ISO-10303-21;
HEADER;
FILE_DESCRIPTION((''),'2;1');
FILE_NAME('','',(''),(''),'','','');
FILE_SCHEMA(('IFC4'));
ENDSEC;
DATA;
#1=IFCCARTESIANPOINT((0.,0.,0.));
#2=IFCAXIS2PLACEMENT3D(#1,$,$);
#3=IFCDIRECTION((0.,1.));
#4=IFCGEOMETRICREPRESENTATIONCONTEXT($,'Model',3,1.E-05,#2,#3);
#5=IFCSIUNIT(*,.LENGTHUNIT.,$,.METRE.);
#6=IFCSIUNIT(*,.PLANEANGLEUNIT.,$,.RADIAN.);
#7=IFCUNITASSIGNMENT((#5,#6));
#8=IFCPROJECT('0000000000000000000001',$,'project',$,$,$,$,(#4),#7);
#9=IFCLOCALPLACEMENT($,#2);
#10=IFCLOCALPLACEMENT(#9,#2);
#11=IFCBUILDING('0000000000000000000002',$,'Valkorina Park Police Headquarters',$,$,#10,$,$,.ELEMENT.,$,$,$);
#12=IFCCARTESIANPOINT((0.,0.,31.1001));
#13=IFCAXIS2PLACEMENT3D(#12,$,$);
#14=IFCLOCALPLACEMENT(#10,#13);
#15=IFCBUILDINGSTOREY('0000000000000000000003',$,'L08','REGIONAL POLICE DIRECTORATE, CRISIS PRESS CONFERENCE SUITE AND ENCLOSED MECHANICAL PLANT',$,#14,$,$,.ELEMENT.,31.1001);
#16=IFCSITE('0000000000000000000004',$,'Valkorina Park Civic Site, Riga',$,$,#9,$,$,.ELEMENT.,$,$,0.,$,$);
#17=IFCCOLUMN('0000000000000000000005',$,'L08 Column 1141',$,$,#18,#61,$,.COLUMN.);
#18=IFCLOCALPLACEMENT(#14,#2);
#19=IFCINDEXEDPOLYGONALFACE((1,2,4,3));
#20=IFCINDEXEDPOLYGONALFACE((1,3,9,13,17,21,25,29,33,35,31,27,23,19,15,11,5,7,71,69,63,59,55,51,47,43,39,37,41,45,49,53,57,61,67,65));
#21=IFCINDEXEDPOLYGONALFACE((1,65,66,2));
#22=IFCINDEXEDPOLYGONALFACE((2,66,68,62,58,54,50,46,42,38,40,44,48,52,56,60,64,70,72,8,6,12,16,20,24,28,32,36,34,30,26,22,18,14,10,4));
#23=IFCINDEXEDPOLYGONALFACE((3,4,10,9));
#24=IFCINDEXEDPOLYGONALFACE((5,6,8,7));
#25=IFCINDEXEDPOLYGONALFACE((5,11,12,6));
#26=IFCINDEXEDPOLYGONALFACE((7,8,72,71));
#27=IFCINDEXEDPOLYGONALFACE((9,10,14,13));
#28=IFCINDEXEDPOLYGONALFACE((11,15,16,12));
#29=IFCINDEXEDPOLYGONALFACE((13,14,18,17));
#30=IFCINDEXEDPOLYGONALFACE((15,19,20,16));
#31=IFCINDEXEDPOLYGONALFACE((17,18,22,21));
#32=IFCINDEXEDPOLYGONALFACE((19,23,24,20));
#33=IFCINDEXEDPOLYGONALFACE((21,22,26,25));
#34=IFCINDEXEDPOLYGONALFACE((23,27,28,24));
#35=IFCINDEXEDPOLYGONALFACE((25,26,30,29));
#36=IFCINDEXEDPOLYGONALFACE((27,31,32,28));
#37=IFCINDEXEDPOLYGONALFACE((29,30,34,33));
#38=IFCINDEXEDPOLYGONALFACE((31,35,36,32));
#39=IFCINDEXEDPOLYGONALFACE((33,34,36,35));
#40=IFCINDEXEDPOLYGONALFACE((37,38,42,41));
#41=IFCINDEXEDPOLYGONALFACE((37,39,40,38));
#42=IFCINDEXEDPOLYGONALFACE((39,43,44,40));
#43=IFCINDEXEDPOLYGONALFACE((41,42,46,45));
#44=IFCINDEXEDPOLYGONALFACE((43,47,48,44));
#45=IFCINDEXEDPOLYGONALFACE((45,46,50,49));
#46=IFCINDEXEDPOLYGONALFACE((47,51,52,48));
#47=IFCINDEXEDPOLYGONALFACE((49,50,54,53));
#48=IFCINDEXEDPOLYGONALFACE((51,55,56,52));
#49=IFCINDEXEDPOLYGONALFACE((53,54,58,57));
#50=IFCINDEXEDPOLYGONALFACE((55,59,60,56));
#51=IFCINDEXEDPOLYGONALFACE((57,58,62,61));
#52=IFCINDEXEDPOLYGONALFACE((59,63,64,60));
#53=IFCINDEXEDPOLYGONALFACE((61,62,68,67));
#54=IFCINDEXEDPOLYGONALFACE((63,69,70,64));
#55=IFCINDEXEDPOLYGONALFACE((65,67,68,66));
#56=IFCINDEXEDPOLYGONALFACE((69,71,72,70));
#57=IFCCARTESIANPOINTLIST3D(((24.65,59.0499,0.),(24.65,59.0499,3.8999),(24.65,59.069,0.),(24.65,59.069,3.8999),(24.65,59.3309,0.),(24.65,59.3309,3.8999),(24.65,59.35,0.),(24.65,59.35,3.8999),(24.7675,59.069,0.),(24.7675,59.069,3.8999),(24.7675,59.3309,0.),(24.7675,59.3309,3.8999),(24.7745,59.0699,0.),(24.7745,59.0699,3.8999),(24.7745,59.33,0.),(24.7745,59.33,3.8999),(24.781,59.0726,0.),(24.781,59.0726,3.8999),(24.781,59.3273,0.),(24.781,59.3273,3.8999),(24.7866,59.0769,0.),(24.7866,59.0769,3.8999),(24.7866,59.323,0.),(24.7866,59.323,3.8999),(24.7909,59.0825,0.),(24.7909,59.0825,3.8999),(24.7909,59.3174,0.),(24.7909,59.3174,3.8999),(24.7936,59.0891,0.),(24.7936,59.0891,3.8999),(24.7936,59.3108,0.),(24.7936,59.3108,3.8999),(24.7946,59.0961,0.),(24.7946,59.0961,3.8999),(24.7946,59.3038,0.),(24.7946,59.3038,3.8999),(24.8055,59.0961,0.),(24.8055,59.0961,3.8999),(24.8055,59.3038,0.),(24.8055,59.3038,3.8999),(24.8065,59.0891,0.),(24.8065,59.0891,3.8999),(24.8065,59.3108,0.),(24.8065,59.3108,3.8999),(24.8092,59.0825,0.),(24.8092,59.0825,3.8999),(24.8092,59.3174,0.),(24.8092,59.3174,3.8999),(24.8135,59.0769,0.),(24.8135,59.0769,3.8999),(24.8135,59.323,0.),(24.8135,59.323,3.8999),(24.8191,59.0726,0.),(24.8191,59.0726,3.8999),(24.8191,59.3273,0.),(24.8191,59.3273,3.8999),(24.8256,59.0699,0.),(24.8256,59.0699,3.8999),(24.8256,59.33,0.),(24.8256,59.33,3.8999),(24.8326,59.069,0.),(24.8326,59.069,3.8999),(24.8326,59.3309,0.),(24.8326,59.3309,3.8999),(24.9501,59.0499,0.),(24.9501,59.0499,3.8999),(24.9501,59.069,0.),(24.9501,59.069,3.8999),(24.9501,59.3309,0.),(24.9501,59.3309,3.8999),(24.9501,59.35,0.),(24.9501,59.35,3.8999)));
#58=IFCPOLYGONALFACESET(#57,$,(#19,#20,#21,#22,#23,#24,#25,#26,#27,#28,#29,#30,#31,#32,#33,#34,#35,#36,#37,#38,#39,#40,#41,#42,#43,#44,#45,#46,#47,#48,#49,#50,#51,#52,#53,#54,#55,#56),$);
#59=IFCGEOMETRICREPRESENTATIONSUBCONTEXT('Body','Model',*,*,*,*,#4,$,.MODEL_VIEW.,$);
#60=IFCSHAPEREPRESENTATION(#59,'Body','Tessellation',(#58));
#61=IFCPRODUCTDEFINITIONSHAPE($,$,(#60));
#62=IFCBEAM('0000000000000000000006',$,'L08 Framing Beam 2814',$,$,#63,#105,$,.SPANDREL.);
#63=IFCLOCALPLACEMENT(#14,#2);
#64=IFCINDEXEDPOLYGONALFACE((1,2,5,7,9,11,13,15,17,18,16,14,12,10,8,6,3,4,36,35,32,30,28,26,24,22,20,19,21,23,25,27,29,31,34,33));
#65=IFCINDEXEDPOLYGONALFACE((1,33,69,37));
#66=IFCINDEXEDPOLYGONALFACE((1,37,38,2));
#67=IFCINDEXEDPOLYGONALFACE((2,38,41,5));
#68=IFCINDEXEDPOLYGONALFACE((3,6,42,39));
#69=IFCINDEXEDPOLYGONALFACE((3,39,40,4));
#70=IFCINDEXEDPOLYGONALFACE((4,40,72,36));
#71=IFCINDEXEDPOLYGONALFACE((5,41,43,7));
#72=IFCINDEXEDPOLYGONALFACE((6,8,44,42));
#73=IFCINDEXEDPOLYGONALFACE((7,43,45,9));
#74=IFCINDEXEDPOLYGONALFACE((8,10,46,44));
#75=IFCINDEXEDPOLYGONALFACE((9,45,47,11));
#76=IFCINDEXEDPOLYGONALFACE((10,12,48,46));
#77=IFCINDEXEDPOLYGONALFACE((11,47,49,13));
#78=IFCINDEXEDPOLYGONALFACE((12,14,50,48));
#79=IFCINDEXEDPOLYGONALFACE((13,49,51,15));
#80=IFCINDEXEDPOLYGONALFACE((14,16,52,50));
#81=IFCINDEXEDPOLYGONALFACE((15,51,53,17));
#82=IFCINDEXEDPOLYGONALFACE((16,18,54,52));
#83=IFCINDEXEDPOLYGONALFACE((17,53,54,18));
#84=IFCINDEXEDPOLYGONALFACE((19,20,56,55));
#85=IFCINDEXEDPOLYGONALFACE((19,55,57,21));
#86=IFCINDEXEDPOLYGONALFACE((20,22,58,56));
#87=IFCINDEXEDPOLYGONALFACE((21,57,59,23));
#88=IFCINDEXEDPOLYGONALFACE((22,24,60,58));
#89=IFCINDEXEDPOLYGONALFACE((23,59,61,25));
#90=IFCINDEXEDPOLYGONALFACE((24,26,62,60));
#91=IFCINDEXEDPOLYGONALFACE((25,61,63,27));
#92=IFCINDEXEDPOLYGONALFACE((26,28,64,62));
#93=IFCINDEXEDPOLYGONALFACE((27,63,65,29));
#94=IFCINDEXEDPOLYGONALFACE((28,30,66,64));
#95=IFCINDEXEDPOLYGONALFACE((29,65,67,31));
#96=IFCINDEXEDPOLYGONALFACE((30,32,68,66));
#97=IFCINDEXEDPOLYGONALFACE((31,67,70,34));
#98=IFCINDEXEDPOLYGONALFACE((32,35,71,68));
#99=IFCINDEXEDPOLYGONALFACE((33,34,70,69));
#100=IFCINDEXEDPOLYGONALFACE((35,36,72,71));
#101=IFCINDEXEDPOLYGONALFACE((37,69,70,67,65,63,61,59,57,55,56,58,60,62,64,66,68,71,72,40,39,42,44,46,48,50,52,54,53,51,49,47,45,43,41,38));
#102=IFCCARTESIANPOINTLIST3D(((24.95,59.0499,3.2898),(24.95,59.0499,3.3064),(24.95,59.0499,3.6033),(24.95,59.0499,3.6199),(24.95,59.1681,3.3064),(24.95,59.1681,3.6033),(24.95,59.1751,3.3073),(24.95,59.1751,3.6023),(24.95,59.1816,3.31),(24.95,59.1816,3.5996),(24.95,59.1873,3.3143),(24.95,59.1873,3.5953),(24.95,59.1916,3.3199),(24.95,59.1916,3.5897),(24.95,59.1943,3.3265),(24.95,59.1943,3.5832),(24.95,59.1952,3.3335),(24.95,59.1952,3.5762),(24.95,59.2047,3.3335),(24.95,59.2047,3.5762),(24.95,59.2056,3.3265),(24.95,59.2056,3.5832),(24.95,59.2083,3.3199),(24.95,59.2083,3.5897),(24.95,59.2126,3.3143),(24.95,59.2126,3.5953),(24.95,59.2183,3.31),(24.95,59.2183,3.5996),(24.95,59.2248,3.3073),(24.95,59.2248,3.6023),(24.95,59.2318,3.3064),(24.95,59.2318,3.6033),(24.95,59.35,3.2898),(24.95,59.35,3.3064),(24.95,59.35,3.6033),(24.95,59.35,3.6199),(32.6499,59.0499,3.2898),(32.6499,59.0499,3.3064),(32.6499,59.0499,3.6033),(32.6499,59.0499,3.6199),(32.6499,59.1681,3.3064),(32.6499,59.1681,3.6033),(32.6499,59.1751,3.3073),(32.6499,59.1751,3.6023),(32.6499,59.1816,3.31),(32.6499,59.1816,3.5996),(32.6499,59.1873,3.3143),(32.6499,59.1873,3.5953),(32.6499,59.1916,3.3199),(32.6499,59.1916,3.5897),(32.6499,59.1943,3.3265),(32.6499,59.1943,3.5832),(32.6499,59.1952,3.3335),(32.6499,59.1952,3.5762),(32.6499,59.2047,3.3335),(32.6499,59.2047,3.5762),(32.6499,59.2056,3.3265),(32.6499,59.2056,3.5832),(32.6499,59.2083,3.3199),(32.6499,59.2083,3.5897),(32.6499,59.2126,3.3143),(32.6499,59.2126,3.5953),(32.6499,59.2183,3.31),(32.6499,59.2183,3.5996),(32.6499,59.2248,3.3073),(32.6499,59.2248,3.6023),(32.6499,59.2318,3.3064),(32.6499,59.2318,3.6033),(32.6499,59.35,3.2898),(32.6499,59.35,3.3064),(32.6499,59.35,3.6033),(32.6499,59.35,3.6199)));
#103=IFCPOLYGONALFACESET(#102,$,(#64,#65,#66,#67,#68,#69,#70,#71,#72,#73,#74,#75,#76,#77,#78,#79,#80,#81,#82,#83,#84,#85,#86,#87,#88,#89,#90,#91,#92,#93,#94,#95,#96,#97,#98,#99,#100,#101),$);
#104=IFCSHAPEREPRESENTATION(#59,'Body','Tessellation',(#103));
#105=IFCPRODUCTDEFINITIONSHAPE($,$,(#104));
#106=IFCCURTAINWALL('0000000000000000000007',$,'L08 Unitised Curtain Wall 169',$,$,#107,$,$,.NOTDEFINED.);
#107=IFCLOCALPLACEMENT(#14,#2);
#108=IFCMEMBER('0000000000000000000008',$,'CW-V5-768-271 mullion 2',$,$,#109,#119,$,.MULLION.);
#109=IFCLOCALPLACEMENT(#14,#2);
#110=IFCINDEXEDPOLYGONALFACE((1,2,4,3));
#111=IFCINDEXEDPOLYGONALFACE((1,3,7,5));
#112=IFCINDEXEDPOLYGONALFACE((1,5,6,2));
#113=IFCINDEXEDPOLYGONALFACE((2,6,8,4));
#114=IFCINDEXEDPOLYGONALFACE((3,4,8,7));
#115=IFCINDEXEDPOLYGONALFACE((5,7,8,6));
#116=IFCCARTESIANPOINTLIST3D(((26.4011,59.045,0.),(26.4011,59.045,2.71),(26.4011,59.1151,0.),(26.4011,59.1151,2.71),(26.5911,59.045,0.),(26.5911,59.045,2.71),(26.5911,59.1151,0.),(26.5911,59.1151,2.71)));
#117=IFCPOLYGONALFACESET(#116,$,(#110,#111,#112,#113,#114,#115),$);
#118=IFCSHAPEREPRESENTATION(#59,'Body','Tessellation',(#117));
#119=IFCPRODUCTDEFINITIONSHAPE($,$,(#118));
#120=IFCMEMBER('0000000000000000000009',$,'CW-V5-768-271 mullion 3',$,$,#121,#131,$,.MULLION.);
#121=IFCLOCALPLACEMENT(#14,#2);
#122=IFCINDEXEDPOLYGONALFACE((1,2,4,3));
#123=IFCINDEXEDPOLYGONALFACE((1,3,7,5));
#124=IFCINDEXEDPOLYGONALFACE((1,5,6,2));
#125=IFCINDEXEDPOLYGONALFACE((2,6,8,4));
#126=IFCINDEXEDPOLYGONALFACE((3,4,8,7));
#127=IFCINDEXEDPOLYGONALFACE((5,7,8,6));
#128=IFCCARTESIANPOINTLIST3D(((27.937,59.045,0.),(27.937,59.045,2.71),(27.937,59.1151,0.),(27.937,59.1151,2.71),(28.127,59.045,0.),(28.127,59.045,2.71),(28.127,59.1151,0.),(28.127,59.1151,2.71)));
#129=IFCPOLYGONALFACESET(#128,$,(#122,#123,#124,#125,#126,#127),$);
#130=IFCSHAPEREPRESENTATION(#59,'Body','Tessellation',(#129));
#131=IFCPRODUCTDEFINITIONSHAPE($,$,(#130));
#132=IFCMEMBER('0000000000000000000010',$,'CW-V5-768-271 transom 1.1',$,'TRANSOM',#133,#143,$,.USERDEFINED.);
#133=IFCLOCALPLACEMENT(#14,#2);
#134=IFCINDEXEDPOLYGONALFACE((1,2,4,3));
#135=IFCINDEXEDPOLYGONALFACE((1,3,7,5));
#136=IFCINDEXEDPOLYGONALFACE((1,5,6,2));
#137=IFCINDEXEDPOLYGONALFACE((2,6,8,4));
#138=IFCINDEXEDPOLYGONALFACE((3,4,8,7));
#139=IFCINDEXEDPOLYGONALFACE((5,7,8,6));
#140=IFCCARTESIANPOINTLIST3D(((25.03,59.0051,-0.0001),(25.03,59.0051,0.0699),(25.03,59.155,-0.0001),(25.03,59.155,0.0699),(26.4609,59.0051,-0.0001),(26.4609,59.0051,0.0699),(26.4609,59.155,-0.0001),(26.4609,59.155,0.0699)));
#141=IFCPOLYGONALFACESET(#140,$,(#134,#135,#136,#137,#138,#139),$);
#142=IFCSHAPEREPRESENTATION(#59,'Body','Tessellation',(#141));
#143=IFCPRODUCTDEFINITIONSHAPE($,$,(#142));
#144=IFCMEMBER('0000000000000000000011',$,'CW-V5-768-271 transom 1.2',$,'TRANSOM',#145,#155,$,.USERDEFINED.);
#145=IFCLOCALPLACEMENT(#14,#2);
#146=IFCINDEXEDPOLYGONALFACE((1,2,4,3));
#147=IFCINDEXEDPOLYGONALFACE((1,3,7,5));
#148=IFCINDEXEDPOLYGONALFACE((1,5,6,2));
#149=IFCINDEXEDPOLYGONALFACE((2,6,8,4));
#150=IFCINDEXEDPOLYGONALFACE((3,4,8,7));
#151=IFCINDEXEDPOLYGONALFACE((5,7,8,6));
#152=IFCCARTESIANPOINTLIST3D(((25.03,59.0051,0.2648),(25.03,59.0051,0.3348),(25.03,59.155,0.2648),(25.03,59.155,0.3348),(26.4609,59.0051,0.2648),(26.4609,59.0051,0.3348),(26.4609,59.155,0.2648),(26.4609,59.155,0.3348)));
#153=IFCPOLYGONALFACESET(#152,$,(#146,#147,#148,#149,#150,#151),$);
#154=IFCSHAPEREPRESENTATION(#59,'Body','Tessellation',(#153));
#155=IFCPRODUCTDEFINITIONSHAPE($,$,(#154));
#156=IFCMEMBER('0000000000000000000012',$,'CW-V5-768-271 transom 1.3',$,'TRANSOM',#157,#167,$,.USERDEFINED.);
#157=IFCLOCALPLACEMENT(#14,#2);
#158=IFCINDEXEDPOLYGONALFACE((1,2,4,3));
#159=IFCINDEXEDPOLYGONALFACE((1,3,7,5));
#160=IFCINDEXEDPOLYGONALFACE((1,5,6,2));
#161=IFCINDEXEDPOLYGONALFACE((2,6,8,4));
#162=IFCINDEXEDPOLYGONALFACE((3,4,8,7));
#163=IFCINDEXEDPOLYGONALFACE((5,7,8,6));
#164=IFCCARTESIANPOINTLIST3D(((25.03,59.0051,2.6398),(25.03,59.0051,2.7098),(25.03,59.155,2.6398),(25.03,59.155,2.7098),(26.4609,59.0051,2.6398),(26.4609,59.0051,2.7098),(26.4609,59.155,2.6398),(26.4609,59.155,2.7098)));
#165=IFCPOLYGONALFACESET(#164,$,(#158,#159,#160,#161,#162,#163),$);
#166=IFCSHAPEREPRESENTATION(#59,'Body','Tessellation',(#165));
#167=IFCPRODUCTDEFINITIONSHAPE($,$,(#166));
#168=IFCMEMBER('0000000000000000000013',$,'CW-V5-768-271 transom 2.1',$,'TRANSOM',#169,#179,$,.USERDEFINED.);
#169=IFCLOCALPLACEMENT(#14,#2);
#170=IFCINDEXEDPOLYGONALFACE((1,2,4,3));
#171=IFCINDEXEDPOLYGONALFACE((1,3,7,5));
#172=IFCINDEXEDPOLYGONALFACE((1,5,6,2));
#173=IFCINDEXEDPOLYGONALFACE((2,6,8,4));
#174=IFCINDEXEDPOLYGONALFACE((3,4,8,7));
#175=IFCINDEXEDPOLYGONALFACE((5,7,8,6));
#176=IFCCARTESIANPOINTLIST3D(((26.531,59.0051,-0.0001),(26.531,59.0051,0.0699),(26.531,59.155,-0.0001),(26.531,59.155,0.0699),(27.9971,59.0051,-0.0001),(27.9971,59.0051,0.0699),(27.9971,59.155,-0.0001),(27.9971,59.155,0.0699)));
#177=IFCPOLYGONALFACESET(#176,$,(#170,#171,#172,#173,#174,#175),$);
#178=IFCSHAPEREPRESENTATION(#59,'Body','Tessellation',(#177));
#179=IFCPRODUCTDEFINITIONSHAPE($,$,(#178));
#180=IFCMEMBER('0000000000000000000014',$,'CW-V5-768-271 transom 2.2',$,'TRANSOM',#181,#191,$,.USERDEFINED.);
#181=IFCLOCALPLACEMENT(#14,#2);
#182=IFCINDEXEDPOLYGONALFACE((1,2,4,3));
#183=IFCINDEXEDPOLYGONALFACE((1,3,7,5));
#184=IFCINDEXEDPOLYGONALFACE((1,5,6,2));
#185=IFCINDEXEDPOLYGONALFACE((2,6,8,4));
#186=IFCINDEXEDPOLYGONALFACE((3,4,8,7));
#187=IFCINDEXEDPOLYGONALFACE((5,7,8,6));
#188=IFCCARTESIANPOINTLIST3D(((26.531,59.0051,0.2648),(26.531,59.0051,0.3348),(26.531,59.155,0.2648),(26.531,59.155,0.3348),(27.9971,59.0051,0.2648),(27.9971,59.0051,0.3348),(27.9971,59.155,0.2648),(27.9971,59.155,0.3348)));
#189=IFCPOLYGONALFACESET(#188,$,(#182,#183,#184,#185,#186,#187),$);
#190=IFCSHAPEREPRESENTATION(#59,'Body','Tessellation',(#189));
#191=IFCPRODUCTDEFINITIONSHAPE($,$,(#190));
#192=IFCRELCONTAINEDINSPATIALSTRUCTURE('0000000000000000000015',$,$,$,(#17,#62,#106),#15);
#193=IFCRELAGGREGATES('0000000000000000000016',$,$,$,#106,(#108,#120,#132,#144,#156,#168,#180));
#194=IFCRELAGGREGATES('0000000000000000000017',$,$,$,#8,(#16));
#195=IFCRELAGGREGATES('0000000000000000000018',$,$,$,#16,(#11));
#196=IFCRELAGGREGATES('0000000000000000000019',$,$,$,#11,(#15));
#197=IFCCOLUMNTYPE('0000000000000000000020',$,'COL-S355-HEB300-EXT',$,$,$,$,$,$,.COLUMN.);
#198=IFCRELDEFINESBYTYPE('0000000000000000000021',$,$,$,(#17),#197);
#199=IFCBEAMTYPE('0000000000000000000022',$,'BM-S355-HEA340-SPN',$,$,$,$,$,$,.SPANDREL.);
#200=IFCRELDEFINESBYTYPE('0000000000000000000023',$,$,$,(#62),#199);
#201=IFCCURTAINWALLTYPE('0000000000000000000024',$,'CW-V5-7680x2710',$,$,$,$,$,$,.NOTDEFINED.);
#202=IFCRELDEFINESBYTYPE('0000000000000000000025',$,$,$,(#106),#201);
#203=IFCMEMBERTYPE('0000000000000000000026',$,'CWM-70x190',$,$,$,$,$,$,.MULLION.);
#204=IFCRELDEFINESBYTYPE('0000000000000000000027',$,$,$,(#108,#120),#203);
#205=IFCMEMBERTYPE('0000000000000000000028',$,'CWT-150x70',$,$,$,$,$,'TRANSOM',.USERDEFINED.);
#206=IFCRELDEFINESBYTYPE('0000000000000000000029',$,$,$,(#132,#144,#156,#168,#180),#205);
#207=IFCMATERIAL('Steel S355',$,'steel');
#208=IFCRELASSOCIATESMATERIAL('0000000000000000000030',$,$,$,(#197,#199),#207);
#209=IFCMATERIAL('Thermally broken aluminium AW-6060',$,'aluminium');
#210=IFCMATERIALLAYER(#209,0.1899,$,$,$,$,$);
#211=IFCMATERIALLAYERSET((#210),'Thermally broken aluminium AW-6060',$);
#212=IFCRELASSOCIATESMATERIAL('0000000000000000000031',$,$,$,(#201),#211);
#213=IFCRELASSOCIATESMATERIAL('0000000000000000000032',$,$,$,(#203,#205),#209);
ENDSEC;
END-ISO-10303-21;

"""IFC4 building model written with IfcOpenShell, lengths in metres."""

from ifc_helpers import new_model, si_unit, direction, frame, origin, origin_2d, place, context, subcontext, project, spatial, rectangle, i_section, extrude, material, layer, layer_set, material_profile, profile_set, type_object, element, aggregate, save


model = new_model("IFC4")

# Units and contexts
model_context = context("Model", 3, precision=1e-05, world=origin(), true_north=direction((0.0, 1.0)))
body_context = subcontext(model_context, "Body", "Model", "MODEL_VIEW")
ifc_project = project(units=[si_unit("LENGTHUNIT", "METRE"), si_unit("PLANEANGLEUNIT", "RADIAN")], contexts=[model_context])

# Site, building, storey
site_placement = place(None, origin())
site = spatial("IfcSite", under=ifc_project, at=site_placement, Name="Valkorina Park Civic Site, Riga", CompositionType="ELEMENT", RefElevation=0.0)
building_placement = place(site_placement, origin())
building = spatial("IfcBuilding", under=site, at=building_placement, Name="Valkorina Park Police Headquarters", CompositionType="ELEMENT")
storey_placement = place(building_placement, frame((0.0, 0.0, 31.1001)))
storey = spatial("IfcBuildingStorey", under=building, at=storey_placement, Name="L08", Description="REGIONAL POLICE DIRECTORATE, CRISIS PRESS CONFERENCE SUITE AND ENCLOSED MECHANICAL PLANT", CompositionType="ELEMENT", Elevation=31.1001)

# Column
ifc_material_1 = material(Name="Steel S355", Category="steel")
ifc_material_profile_1 = material_profile(ifc_material_1, i_section(OverallWidth=0.3, OverallDepth=0.3, WebThickness=0.011, FlangeThickness=0.019, FilletRadius=0.0271, at=origin_2d()), Name="HEB 300")
ifc_profile_set_1 = profile_set([ifc_material_profile_1], Name="Steel S355")
column_type = type_object("IfcColumnType", Name="COL-S355-HEB300-EXT", PredefinedType="COLUMN", material=ifc_profile_set_1)
column_placement = place(storey_placement, frame((24.8, 59.2, 0.0), z_axis=(0.0, 0.0, 1.0), x_axis=(1.0, 0.0, 0.0)))
element("IfcColumn", 1, at=column_placement, inside=storey, type_object=column_type, Name="L08 Column 1141", PredefinedType="COLUMN", context=body_context, shape_type="SweptSolid", body=[
    extrude(i_section(OverallWidth=0.3, OverallDepth=0.3, WebThickness=0.011, FlangeThickness=0.019, FilletRadius=0.0271, at=origin_2d()), origin(), (0.0, 0.0, 1.0), 3.8999),
])

# Beam
ifc_material_profile_2 = material_profile(ifc_material_1, i_section(OverallWidth=0.3, OverallDepth=0.3301, WebThickness=0.0095, FlangeThickness=0.0166, FilletRadius=0.0271, at=origin_2d()), Name="HEA 340")
ifc_profile_set_2 = profile_set([ifc_material_profile_2], Name="Steel S355")
beam_type = type_object("IfcBeamType", Name="BM-S355-HEA340-SPN", PredefinedType="SPANDREL", material=ifc_profile_set_2)
beam_placement = place(storey_placement, frame((24.95, 59.2, 3.4548), z_axis=(1.0, 0.0, 0.0), x_axis=(0.0, 1.0, 0.0)))
element("IfcBeam", 2, at=beam_placement, inside=storey, type_object=beam_type, Name="L08 Framing Beam 2814", PredefinedType="SPANDREL", context=body_context, shape_type="SweptSolid", body=[
    extrude(i_section(OverallWidth=0.3, OverallDepth=0.3301, WebThickness=0.0095, FlangeThickness=0.0166, FilletRadius=0.0271, at=origin_2d()), origin(), (0.0, 0.0, 1.0), 7.7),
])

# Curtain wall, members
ifc_material_2 = material(Name="Thermally broken aluminium AW-6060", Category="aluminium")
ifc_layer_1 = layer(ifc_material_2, 0.1899)
ifc_layer_set_1 = layer_set([ifc_layer_1], Name="Thermally broken aluminium AW-6060")
curtain_wall_type = type_object("IfcCurtainWallType", Name="CW-V5-7680x2710", PredefinedType="NOTDEFINED", material=ifc_layer_set_1)
curtain_wall_placement = place(storey_placement, origin())
curtain_wall = element("IfcCurtainWall", 3, at=curtain_wall_placement, inside=storey, type_object=curtain_wall_type, Name="L08 Unitised Curtain Wall 169", PredefinedType="NOTDEFINED")
ifc_material_profile_3 = material_profile(ifc_material_2, rectangle(XDim=0.0701, YDim=0.1899, at=origin_2d()), Name="CWM-02 70x190")
ifc_profile_set_3 = profile_set([ifc_material_profile_3], Name="Thermally broken aluminium AW-6060")
member_type_1 = type_object("IfcMemberType", Name="CWM-70x190", PredefinedType="MULLION", material=ifc_profile_set_3)
member_1_placement = place(storey_placement, frame((26.4961, 59.0801, 0.0), z_axis=(0.0, 0.0, 1.0), x_axis=(0.0, 1.0, 0.0)))
member_1 = element("IfcMember", 4, at=member_1_placement, type_object=member_type_1, Name="CW-V5-768-271 mullion 2", PredefinedType="MULLION", context=body_context, shape_type="SweptSolid", body=[
    extrude(rectangle(XDim=0.0701, YDim=0.1899, at=origin_2d()), origin(), (0.0, 0.0, 1.0), 2.71),
])
member_2_placement = place(storey_placement, frame((28.032, 59.0801, 0.0), z_axis=(0.0, 0.0, 1.0), x_axis=(0.0, 1.0, 0.0)))
member_2 = element("IfcMember", 5, at=member_2_placement, type_object=member_type_1, Name="CW-V5-768-271 mullion 3", PredefinedType="MULLION", context=body_context, shape_type="SweptSolid", body=[
    extrude(rectangle(XDim=0.0701, YDim=0.1899, at=origin_2d()), origin(), (0.0, 0.0, 1.0), 2.71),
])
ifc_material_profile_4 = material_profile(ifc_material_2, rectangle(XDim=0.1499, YDim=0.0701, at=origin_2d()), Name="CWT-02 150x70")
ifc_profile_set_4 = profile_set([ifc_material_profile_4], Name="Thermally broken aluminium AW-6060")
member_type_2 = type_object("IfcMemberType", Name="CWT-150x70", ElementType="TRANSOM", PredefinedType="USERDEFINED", material=ifc_profile_set_4)
member_3_placement = place(storey_placement, frame((25.03, 59.0801, 0.0349), z_axis=(1.0, 0.0, 0.0), x_axis=(0.0, 1.0, 0.0)))
member_3 = element("IfcMember", 6, at=member_3_placement, type_object=member_type_2, Name="CW-V5-768-271 transom 1.1", ObjectType="TRANSOM", PredefinedType="USERDEFINED", context=body_context, shape_type="SweptSolid", body=[
    extrude(rectangle(XDim=0.1499, YDim=0.0701, at=origin_2d()), origin(), (0.0, 0.0, 1.0), 1.4309),
])
member_4_placement = place(storey_placement, frame((25.03, 59.0801, 0.2998), z_axis=(1.0, 0.0, 0.0), x_axis=(0.0, 1.0, 0.0)))
member_4 = element("IfcMember", 7, at=member_4_placement, type_object=member_type_2, Name="CW-V5-768-271 transom 1.2", ObjectType="TRANSOM", PredefinedType="USERDEFINED", context=body_context, shape_type="SweptSolid", body=[
    extrude(rectangle(XDim=0.1499, YDim=0.0701, at=origin_2d()), origin(), (0.0, 0.0, 1.0), 1.4309),
])
member_5_placement = place(storey_placement, frame((25.03, 59.0801, 2.6748), z_axis=(1.0, 0.0, 0.0), x_axis=(0.0, 1.0, 0.0)))
member_5 = element("IfcMember", 8, at=member_5_placement, type_object=member_type_2, Name="CW-V5-768-271 transom 1.3", ObjectType="TRANSOM", PredefinedType="USERDEFINED", context=body_context, shape_type="SweptSolid", body=[
    extrude(rectangle(XDim=0.1499, YDim=0.0701, at=origin_2d()), origin(), (0.0, 0.0, 1.0), 1.4309),
])
member_6_placement = place(storey_placement, frame((26.531, 59.0801, 0.0349), z_axis=(1.0, 0.0, 0.0), x_axis=(0.0, 1.0, 0.0)))
member_6 = element("IfcMember", 9, at=member_6_placement, type_object=member_type_2, Name="CW-V5-768-271 transom 2.1", ObjectType="TRANSOM", PredefinedType="USERDEFINED", context=body_context, shape_type="SweptSolid", body=[
    extrude(rectangle(XDim=0.1499, YDim=0.0701, at=origin_2d()), origin(), (0.0, 0.0, 1.0), 1.4661),
])
member_7_placement = place(storey_placement, frame((26.531, 59.0801, 0.2998), z_axis=(1.0, 0.0, 0.0), x_axis=(0.0, 1.0, 0.0)))
member_7 = element("IfcMember", 10, at=member_7_placement, type_object=member_type_2, Name="CW-V5-768-271 transom 2.2", ObjectType="TRANSOM", PredefinedType="USERDEFINED", context=body_context, shape_type="SweptSolid", body=[
    extrude(rectangle(XDim=0.1499, YDim=0.0701, at=origin_2d()), origin(), (0.0, 0.0, 1.0), 1.4661),
])
aggregate(curtain_wall, [member_1, member_2, member_3, member_4, member_5, member_6, member_7])

save(model, "model.ifc")
